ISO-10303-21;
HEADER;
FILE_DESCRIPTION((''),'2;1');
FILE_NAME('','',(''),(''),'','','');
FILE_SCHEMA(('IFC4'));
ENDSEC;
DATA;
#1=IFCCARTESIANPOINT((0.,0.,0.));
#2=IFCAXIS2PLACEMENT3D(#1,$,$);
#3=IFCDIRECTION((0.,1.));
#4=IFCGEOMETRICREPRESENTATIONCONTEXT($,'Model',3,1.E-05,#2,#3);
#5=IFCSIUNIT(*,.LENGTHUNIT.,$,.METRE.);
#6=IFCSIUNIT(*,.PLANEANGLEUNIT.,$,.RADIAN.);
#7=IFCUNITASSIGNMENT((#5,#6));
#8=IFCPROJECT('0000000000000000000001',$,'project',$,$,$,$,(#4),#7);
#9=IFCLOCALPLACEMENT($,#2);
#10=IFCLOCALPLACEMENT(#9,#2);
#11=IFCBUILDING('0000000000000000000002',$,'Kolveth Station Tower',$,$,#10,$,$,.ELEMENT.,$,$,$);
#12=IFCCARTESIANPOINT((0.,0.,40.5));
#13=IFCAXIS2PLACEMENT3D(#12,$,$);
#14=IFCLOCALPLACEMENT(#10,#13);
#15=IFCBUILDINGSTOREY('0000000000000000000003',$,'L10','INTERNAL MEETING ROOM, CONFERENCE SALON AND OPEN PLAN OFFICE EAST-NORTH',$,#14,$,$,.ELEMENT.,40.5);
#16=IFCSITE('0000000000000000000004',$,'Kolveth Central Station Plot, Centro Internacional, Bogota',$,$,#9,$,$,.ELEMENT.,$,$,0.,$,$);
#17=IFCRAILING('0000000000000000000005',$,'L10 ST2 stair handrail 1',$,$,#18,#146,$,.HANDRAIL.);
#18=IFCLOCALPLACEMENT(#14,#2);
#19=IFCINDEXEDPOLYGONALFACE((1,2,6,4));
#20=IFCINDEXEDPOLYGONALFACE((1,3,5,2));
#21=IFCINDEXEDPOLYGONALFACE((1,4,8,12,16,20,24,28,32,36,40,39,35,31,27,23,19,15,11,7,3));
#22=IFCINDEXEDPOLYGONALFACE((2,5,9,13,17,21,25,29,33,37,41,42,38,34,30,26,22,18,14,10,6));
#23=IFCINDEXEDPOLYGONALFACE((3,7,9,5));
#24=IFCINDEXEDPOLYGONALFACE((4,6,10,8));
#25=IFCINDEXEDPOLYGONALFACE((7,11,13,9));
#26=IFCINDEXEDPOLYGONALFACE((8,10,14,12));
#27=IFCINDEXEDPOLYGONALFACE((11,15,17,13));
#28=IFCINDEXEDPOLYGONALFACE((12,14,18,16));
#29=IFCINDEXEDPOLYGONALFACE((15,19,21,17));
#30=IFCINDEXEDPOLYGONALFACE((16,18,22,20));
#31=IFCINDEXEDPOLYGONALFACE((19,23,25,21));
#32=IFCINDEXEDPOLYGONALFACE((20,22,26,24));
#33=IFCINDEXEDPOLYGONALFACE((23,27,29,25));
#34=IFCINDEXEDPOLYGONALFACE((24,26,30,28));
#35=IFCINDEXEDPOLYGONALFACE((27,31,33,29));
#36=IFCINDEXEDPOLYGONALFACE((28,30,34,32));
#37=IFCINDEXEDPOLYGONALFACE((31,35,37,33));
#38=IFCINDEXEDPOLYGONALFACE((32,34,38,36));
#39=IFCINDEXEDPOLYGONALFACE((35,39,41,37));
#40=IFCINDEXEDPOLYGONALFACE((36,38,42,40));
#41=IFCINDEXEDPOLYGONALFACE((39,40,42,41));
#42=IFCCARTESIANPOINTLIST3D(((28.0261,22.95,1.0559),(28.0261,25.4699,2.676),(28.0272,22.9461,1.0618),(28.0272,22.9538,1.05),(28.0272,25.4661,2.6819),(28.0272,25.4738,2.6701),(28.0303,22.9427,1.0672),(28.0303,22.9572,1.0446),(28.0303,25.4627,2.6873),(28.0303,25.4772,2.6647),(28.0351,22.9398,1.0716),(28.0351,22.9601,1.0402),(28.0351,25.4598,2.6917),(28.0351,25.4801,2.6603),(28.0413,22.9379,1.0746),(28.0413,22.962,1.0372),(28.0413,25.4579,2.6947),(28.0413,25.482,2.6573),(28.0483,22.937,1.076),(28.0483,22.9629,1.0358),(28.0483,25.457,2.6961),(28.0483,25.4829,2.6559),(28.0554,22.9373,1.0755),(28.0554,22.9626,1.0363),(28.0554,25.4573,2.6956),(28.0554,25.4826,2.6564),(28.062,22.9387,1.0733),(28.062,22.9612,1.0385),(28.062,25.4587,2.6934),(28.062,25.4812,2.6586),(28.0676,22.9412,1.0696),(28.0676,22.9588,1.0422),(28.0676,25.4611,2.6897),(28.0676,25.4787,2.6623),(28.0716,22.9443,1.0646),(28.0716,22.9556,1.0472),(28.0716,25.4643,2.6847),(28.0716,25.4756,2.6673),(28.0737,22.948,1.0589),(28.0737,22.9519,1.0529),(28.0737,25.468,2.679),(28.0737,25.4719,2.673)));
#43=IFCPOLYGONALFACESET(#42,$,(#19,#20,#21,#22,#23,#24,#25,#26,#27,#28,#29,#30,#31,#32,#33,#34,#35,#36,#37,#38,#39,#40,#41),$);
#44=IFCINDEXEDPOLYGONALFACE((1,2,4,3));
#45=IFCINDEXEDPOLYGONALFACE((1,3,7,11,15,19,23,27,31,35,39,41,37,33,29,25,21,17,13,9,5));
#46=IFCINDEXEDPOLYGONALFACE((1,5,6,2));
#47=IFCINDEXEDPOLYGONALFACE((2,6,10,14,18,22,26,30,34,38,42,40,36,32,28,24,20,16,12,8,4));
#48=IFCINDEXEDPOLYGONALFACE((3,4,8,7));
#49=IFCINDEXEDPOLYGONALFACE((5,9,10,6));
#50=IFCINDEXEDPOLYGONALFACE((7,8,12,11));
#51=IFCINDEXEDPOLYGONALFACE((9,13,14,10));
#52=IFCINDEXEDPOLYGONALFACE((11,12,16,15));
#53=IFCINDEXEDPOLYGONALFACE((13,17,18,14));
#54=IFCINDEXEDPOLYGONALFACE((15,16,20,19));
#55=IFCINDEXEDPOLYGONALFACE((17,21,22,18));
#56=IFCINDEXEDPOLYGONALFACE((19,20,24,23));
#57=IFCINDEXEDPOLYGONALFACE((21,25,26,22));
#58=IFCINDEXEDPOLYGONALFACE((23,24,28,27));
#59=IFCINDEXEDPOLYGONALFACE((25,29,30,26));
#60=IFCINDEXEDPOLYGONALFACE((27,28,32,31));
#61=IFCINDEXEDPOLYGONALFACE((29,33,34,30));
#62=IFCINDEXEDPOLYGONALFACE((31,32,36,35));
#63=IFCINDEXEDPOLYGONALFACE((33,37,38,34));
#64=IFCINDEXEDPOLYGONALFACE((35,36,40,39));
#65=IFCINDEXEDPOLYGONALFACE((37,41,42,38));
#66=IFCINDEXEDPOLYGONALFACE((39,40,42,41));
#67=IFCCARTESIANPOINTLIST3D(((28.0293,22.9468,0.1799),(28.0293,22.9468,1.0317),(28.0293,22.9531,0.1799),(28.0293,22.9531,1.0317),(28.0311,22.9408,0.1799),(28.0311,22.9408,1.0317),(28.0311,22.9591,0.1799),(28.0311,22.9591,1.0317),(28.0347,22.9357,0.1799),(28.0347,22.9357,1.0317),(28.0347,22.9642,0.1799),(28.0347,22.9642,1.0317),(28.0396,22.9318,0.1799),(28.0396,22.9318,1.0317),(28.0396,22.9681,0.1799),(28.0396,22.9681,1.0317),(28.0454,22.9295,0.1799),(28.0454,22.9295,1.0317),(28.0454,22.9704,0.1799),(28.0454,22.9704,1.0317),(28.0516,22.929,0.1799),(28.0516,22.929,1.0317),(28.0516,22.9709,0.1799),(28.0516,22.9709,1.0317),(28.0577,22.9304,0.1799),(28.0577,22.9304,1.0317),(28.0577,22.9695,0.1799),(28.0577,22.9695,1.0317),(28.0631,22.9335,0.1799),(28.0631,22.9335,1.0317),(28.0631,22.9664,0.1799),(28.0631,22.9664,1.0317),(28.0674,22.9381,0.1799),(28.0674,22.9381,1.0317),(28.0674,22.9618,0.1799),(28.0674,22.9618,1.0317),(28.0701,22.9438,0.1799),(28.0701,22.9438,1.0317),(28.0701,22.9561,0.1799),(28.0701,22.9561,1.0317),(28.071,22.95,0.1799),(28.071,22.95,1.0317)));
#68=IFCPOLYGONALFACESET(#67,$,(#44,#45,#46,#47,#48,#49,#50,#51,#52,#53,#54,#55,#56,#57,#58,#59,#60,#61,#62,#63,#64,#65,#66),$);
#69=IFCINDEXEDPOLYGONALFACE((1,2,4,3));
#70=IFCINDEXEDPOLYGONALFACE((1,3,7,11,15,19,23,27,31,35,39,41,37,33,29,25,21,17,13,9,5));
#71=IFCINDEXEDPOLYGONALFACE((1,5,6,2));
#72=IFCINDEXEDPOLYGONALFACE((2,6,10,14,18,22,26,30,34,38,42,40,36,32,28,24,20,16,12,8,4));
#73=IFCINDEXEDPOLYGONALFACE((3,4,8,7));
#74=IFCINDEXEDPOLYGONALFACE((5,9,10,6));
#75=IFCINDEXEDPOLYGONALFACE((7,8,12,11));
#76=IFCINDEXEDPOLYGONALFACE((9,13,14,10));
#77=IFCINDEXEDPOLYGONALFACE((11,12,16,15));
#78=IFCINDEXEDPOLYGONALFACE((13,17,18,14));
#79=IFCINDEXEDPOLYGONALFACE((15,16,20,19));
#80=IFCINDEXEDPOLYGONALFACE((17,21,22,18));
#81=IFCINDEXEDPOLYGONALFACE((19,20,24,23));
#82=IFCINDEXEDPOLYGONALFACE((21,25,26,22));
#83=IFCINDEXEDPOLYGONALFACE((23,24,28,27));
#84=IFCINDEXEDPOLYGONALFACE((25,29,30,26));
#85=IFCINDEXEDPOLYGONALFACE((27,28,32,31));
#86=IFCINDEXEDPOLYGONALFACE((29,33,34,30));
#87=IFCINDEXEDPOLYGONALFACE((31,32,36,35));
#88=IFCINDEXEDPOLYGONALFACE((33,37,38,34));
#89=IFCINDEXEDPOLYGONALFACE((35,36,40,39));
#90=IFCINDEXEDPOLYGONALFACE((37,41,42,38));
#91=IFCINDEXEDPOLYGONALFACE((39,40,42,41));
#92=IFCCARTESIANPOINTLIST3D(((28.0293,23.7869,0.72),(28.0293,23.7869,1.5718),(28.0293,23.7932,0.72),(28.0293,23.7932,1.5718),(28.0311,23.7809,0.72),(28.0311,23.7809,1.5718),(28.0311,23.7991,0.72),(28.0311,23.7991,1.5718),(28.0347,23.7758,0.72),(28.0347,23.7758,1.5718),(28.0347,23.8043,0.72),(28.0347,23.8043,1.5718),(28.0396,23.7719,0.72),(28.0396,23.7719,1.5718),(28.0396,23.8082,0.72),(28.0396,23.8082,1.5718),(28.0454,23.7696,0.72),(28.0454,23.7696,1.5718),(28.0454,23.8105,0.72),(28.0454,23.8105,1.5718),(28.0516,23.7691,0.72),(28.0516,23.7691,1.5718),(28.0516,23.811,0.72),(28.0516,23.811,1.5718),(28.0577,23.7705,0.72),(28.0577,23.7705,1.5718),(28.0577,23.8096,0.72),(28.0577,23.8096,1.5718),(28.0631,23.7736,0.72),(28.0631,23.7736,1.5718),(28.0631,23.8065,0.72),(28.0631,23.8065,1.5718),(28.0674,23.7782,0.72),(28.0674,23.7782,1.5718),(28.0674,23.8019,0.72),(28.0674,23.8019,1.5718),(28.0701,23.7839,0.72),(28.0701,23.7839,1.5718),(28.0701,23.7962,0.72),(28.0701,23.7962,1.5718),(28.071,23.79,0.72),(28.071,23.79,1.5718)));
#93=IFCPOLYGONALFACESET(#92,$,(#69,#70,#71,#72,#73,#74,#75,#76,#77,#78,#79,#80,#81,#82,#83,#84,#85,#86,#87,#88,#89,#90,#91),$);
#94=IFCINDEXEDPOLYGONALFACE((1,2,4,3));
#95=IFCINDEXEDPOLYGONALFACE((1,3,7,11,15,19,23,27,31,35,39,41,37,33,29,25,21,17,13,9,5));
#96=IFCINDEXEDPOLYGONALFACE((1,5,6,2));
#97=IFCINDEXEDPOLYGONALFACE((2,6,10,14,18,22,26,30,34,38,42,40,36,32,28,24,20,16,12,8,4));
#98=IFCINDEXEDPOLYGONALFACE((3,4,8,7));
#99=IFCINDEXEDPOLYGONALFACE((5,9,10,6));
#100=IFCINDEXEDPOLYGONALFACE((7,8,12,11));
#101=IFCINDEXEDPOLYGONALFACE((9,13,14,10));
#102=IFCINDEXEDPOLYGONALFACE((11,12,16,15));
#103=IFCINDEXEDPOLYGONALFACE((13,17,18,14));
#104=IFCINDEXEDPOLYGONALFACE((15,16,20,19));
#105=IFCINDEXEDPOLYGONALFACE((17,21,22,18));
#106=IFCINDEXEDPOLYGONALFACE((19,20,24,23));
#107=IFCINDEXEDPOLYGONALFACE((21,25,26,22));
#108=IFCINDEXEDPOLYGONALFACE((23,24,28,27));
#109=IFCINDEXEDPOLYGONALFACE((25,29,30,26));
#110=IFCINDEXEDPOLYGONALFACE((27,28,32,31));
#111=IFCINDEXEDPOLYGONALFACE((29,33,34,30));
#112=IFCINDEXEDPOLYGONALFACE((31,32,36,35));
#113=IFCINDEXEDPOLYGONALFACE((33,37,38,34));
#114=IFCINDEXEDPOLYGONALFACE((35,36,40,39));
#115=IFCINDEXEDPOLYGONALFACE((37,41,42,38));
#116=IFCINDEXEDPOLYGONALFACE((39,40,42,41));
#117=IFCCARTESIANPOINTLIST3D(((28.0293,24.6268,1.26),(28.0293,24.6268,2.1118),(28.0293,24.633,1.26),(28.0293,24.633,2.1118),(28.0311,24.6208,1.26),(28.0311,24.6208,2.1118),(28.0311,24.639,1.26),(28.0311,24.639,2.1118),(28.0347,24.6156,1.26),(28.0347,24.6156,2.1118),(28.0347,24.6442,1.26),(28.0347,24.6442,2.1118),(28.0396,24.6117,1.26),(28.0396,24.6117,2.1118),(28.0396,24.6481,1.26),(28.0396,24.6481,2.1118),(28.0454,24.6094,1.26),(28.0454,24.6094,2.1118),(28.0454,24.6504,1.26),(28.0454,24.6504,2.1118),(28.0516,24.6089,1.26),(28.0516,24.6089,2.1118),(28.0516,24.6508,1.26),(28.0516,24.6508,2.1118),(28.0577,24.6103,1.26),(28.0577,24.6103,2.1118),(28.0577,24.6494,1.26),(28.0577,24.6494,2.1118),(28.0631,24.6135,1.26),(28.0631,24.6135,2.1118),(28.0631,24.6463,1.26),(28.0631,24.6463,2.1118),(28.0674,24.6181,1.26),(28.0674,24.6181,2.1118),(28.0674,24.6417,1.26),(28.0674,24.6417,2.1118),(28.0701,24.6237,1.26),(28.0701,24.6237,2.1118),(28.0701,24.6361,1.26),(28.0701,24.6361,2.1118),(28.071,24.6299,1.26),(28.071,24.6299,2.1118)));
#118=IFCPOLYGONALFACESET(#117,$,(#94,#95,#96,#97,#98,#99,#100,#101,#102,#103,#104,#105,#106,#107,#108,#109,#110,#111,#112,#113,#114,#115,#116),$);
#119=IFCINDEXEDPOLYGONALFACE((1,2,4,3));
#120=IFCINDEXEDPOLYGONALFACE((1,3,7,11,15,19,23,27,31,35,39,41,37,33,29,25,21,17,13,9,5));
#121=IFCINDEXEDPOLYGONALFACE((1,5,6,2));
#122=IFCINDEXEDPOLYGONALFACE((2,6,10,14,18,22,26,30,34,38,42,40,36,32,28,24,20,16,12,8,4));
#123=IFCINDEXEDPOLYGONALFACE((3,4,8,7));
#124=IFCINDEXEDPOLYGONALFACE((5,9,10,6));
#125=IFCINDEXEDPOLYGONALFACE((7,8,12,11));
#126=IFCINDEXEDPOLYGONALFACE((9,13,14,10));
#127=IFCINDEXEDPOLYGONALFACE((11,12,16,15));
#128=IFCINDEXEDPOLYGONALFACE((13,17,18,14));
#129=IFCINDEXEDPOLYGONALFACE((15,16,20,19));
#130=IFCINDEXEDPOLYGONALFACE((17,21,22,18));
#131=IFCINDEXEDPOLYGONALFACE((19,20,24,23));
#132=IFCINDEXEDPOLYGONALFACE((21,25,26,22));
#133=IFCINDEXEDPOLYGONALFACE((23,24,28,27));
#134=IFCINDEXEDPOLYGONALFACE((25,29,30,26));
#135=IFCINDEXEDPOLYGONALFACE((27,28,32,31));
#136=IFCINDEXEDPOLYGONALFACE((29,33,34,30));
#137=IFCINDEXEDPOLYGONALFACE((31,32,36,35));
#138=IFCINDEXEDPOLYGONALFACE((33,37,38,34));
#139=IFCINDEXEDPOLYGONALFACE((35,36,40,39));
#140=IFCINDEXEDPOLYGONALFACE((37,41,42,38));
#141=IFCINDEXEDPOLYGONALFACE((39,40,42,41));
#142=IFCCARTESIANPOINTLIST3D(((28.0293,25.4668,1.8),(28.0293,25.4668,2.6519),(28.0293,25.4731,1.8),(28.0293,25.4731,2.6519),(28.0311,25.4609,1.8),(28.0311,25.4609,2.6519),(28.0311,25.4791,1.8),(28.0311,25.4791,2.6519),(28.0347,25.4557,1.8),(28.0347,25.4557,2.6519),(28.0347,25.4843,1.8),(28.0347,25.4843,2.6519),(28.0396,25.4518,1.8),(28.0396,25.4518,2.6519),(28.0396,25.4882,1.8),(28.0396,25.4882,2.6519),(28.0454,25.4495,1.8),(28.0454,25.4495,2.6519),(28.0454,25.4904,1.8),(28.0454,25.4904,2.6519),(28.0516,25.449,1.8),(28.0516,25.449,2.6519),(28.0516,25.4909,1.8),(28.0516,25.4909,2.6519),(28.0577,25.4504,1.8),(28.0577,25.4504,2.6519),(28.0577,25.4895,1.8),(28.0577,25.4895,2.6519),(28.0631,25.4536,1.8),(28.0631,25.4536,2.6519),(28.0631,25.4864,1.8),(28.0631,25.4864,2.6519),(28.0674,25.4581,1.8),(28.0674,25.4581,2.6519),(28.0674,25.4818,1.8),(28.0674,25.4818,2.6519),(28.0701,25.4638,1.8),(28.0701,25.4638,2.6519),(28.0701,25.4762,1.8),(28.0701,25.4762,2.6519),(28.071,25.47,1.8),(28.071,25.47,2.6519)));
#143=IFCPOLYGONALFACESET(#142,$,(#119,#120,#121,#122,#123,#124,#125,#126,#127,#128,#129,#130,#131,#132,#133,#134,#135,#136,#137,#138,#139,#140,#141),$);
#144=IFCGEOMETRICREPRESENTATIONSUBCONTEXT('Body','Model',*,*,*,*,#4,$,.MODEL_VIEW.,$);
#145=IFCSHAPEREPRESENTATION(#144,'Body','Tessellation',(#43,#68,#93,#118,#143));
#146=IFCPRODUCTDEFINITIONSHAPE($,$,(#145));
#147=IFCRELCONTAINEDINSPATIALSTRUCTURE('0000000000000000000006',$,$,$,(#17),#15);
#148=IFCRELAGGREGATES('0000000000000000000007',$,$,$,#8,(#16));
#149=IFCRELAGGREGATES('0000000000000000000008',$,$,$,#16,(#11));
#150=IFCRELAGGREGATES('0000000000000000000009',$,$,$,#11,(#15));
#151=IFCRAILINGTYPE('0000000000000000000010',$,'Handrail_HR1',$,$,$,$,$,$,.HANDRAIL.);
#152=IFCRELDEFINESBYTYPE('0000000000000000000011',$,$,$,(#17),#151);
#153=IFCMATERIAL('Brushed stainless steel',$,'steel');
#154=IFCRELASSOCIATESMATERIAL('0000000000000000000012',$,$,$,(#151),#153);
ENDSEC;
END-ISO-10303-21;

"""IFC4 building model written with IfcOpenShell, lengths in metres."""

from ifc_helpers import new_model, si_unit, direction, frame, origin, origin_2d, place, context, subcontext, project, spatial, circle, extrude, material, type_object, element, save


model = new_model("IFC4")

# Units and contexts
model_context = context("Model", 3, precision=1e-05, world=origin(), true_north=direction((0.0, 1.0)))
body_context = subcontext(model_context, "Body", "Model", "MODEL_VIEW")
ifc_project = project(units=[si_unit("LENGTHUNIT", "METRE"), si_unit("PLANEANGLEUNIT", "RADIAN")], contexts=[model_context])

# Site, building, storey
site_placement = place(None, origin())
site = spatial("IfcSite", under=ifc_project, at=site_placement, Name="Kolveth Central Station Plot, Centro Internacional, Bogota", CompositionType="ELEMENT", RefElevation=0.0)
building_placement = place(site_placement, origin())
building = spatial("IfcBuilding", under=site, at=building_placement, Name="Kolveth Station Tower", CompositionType="ELEMENT")
storey_placement = place(building_placement, frame((0.0, 0.0, 40.5)))
storey = spatial("IfcBuildingStorey", under=building, at=storey_placement, Name="L10", Description="INTERNAL MEETING ROOM, CONFERENCE SALON AND OPEN PLAN OFFICE EAST-NORTH", CompositionType="ELEMENT", Elevation=40.5)

# Railing
ifc_material_1 = material(Name="Brushed stainless steel", Category="steel")
railing_type_1 = type_object("IfcRailingType", Name="Handrail_HR1", PredefinedType="HANDRAIL", material=ifc_material_1)
railing_1_placement = place(storey_placement, frame((28.05, 22.95, 0.1799)))
element("IfcRailing", 1, at=railing_1_placement, inside=storey, type_object=railing_type_1, Name="L10 ST2 stair handrail 1", PredefinedType="HANDRAIL", context=body_context, shape_type="SweptSolid", body=[
    extrude(circle(Radius=0.0239, at=origin_2d()), frame((0.0, 0.0, 0.876), z_axis=(0.0, 0.841163, 0.540782), x_axis=(-1.0, 0.0, 0.0)), (0.0, 0.0, 1.0), 2.9958),
    extrude(circle(Radius=0.021, at=origin_2d()), origin(), (0.0, 0.0, 1.0), 0.8518),
    extrude(circle(Radius=0.021, at=origin_2d()), frame((0.0, 0.8401, 0.54)), (0.0, 0.0, 1.0), 0.8518),
    extrude(circle(Radius=0.021, at=origin_2d()), frame((0.0, 1.6799, 1.0801)), (0.0, 0.0, 1.0), 0.8518),
    extrude(circle(Radius=0.021, at=origin_2d()), frame((0.0, 2.52, 1.6201)), (0.0, 0.0, 1.0), 0.8518),
])

save(model, "model.ifc")
